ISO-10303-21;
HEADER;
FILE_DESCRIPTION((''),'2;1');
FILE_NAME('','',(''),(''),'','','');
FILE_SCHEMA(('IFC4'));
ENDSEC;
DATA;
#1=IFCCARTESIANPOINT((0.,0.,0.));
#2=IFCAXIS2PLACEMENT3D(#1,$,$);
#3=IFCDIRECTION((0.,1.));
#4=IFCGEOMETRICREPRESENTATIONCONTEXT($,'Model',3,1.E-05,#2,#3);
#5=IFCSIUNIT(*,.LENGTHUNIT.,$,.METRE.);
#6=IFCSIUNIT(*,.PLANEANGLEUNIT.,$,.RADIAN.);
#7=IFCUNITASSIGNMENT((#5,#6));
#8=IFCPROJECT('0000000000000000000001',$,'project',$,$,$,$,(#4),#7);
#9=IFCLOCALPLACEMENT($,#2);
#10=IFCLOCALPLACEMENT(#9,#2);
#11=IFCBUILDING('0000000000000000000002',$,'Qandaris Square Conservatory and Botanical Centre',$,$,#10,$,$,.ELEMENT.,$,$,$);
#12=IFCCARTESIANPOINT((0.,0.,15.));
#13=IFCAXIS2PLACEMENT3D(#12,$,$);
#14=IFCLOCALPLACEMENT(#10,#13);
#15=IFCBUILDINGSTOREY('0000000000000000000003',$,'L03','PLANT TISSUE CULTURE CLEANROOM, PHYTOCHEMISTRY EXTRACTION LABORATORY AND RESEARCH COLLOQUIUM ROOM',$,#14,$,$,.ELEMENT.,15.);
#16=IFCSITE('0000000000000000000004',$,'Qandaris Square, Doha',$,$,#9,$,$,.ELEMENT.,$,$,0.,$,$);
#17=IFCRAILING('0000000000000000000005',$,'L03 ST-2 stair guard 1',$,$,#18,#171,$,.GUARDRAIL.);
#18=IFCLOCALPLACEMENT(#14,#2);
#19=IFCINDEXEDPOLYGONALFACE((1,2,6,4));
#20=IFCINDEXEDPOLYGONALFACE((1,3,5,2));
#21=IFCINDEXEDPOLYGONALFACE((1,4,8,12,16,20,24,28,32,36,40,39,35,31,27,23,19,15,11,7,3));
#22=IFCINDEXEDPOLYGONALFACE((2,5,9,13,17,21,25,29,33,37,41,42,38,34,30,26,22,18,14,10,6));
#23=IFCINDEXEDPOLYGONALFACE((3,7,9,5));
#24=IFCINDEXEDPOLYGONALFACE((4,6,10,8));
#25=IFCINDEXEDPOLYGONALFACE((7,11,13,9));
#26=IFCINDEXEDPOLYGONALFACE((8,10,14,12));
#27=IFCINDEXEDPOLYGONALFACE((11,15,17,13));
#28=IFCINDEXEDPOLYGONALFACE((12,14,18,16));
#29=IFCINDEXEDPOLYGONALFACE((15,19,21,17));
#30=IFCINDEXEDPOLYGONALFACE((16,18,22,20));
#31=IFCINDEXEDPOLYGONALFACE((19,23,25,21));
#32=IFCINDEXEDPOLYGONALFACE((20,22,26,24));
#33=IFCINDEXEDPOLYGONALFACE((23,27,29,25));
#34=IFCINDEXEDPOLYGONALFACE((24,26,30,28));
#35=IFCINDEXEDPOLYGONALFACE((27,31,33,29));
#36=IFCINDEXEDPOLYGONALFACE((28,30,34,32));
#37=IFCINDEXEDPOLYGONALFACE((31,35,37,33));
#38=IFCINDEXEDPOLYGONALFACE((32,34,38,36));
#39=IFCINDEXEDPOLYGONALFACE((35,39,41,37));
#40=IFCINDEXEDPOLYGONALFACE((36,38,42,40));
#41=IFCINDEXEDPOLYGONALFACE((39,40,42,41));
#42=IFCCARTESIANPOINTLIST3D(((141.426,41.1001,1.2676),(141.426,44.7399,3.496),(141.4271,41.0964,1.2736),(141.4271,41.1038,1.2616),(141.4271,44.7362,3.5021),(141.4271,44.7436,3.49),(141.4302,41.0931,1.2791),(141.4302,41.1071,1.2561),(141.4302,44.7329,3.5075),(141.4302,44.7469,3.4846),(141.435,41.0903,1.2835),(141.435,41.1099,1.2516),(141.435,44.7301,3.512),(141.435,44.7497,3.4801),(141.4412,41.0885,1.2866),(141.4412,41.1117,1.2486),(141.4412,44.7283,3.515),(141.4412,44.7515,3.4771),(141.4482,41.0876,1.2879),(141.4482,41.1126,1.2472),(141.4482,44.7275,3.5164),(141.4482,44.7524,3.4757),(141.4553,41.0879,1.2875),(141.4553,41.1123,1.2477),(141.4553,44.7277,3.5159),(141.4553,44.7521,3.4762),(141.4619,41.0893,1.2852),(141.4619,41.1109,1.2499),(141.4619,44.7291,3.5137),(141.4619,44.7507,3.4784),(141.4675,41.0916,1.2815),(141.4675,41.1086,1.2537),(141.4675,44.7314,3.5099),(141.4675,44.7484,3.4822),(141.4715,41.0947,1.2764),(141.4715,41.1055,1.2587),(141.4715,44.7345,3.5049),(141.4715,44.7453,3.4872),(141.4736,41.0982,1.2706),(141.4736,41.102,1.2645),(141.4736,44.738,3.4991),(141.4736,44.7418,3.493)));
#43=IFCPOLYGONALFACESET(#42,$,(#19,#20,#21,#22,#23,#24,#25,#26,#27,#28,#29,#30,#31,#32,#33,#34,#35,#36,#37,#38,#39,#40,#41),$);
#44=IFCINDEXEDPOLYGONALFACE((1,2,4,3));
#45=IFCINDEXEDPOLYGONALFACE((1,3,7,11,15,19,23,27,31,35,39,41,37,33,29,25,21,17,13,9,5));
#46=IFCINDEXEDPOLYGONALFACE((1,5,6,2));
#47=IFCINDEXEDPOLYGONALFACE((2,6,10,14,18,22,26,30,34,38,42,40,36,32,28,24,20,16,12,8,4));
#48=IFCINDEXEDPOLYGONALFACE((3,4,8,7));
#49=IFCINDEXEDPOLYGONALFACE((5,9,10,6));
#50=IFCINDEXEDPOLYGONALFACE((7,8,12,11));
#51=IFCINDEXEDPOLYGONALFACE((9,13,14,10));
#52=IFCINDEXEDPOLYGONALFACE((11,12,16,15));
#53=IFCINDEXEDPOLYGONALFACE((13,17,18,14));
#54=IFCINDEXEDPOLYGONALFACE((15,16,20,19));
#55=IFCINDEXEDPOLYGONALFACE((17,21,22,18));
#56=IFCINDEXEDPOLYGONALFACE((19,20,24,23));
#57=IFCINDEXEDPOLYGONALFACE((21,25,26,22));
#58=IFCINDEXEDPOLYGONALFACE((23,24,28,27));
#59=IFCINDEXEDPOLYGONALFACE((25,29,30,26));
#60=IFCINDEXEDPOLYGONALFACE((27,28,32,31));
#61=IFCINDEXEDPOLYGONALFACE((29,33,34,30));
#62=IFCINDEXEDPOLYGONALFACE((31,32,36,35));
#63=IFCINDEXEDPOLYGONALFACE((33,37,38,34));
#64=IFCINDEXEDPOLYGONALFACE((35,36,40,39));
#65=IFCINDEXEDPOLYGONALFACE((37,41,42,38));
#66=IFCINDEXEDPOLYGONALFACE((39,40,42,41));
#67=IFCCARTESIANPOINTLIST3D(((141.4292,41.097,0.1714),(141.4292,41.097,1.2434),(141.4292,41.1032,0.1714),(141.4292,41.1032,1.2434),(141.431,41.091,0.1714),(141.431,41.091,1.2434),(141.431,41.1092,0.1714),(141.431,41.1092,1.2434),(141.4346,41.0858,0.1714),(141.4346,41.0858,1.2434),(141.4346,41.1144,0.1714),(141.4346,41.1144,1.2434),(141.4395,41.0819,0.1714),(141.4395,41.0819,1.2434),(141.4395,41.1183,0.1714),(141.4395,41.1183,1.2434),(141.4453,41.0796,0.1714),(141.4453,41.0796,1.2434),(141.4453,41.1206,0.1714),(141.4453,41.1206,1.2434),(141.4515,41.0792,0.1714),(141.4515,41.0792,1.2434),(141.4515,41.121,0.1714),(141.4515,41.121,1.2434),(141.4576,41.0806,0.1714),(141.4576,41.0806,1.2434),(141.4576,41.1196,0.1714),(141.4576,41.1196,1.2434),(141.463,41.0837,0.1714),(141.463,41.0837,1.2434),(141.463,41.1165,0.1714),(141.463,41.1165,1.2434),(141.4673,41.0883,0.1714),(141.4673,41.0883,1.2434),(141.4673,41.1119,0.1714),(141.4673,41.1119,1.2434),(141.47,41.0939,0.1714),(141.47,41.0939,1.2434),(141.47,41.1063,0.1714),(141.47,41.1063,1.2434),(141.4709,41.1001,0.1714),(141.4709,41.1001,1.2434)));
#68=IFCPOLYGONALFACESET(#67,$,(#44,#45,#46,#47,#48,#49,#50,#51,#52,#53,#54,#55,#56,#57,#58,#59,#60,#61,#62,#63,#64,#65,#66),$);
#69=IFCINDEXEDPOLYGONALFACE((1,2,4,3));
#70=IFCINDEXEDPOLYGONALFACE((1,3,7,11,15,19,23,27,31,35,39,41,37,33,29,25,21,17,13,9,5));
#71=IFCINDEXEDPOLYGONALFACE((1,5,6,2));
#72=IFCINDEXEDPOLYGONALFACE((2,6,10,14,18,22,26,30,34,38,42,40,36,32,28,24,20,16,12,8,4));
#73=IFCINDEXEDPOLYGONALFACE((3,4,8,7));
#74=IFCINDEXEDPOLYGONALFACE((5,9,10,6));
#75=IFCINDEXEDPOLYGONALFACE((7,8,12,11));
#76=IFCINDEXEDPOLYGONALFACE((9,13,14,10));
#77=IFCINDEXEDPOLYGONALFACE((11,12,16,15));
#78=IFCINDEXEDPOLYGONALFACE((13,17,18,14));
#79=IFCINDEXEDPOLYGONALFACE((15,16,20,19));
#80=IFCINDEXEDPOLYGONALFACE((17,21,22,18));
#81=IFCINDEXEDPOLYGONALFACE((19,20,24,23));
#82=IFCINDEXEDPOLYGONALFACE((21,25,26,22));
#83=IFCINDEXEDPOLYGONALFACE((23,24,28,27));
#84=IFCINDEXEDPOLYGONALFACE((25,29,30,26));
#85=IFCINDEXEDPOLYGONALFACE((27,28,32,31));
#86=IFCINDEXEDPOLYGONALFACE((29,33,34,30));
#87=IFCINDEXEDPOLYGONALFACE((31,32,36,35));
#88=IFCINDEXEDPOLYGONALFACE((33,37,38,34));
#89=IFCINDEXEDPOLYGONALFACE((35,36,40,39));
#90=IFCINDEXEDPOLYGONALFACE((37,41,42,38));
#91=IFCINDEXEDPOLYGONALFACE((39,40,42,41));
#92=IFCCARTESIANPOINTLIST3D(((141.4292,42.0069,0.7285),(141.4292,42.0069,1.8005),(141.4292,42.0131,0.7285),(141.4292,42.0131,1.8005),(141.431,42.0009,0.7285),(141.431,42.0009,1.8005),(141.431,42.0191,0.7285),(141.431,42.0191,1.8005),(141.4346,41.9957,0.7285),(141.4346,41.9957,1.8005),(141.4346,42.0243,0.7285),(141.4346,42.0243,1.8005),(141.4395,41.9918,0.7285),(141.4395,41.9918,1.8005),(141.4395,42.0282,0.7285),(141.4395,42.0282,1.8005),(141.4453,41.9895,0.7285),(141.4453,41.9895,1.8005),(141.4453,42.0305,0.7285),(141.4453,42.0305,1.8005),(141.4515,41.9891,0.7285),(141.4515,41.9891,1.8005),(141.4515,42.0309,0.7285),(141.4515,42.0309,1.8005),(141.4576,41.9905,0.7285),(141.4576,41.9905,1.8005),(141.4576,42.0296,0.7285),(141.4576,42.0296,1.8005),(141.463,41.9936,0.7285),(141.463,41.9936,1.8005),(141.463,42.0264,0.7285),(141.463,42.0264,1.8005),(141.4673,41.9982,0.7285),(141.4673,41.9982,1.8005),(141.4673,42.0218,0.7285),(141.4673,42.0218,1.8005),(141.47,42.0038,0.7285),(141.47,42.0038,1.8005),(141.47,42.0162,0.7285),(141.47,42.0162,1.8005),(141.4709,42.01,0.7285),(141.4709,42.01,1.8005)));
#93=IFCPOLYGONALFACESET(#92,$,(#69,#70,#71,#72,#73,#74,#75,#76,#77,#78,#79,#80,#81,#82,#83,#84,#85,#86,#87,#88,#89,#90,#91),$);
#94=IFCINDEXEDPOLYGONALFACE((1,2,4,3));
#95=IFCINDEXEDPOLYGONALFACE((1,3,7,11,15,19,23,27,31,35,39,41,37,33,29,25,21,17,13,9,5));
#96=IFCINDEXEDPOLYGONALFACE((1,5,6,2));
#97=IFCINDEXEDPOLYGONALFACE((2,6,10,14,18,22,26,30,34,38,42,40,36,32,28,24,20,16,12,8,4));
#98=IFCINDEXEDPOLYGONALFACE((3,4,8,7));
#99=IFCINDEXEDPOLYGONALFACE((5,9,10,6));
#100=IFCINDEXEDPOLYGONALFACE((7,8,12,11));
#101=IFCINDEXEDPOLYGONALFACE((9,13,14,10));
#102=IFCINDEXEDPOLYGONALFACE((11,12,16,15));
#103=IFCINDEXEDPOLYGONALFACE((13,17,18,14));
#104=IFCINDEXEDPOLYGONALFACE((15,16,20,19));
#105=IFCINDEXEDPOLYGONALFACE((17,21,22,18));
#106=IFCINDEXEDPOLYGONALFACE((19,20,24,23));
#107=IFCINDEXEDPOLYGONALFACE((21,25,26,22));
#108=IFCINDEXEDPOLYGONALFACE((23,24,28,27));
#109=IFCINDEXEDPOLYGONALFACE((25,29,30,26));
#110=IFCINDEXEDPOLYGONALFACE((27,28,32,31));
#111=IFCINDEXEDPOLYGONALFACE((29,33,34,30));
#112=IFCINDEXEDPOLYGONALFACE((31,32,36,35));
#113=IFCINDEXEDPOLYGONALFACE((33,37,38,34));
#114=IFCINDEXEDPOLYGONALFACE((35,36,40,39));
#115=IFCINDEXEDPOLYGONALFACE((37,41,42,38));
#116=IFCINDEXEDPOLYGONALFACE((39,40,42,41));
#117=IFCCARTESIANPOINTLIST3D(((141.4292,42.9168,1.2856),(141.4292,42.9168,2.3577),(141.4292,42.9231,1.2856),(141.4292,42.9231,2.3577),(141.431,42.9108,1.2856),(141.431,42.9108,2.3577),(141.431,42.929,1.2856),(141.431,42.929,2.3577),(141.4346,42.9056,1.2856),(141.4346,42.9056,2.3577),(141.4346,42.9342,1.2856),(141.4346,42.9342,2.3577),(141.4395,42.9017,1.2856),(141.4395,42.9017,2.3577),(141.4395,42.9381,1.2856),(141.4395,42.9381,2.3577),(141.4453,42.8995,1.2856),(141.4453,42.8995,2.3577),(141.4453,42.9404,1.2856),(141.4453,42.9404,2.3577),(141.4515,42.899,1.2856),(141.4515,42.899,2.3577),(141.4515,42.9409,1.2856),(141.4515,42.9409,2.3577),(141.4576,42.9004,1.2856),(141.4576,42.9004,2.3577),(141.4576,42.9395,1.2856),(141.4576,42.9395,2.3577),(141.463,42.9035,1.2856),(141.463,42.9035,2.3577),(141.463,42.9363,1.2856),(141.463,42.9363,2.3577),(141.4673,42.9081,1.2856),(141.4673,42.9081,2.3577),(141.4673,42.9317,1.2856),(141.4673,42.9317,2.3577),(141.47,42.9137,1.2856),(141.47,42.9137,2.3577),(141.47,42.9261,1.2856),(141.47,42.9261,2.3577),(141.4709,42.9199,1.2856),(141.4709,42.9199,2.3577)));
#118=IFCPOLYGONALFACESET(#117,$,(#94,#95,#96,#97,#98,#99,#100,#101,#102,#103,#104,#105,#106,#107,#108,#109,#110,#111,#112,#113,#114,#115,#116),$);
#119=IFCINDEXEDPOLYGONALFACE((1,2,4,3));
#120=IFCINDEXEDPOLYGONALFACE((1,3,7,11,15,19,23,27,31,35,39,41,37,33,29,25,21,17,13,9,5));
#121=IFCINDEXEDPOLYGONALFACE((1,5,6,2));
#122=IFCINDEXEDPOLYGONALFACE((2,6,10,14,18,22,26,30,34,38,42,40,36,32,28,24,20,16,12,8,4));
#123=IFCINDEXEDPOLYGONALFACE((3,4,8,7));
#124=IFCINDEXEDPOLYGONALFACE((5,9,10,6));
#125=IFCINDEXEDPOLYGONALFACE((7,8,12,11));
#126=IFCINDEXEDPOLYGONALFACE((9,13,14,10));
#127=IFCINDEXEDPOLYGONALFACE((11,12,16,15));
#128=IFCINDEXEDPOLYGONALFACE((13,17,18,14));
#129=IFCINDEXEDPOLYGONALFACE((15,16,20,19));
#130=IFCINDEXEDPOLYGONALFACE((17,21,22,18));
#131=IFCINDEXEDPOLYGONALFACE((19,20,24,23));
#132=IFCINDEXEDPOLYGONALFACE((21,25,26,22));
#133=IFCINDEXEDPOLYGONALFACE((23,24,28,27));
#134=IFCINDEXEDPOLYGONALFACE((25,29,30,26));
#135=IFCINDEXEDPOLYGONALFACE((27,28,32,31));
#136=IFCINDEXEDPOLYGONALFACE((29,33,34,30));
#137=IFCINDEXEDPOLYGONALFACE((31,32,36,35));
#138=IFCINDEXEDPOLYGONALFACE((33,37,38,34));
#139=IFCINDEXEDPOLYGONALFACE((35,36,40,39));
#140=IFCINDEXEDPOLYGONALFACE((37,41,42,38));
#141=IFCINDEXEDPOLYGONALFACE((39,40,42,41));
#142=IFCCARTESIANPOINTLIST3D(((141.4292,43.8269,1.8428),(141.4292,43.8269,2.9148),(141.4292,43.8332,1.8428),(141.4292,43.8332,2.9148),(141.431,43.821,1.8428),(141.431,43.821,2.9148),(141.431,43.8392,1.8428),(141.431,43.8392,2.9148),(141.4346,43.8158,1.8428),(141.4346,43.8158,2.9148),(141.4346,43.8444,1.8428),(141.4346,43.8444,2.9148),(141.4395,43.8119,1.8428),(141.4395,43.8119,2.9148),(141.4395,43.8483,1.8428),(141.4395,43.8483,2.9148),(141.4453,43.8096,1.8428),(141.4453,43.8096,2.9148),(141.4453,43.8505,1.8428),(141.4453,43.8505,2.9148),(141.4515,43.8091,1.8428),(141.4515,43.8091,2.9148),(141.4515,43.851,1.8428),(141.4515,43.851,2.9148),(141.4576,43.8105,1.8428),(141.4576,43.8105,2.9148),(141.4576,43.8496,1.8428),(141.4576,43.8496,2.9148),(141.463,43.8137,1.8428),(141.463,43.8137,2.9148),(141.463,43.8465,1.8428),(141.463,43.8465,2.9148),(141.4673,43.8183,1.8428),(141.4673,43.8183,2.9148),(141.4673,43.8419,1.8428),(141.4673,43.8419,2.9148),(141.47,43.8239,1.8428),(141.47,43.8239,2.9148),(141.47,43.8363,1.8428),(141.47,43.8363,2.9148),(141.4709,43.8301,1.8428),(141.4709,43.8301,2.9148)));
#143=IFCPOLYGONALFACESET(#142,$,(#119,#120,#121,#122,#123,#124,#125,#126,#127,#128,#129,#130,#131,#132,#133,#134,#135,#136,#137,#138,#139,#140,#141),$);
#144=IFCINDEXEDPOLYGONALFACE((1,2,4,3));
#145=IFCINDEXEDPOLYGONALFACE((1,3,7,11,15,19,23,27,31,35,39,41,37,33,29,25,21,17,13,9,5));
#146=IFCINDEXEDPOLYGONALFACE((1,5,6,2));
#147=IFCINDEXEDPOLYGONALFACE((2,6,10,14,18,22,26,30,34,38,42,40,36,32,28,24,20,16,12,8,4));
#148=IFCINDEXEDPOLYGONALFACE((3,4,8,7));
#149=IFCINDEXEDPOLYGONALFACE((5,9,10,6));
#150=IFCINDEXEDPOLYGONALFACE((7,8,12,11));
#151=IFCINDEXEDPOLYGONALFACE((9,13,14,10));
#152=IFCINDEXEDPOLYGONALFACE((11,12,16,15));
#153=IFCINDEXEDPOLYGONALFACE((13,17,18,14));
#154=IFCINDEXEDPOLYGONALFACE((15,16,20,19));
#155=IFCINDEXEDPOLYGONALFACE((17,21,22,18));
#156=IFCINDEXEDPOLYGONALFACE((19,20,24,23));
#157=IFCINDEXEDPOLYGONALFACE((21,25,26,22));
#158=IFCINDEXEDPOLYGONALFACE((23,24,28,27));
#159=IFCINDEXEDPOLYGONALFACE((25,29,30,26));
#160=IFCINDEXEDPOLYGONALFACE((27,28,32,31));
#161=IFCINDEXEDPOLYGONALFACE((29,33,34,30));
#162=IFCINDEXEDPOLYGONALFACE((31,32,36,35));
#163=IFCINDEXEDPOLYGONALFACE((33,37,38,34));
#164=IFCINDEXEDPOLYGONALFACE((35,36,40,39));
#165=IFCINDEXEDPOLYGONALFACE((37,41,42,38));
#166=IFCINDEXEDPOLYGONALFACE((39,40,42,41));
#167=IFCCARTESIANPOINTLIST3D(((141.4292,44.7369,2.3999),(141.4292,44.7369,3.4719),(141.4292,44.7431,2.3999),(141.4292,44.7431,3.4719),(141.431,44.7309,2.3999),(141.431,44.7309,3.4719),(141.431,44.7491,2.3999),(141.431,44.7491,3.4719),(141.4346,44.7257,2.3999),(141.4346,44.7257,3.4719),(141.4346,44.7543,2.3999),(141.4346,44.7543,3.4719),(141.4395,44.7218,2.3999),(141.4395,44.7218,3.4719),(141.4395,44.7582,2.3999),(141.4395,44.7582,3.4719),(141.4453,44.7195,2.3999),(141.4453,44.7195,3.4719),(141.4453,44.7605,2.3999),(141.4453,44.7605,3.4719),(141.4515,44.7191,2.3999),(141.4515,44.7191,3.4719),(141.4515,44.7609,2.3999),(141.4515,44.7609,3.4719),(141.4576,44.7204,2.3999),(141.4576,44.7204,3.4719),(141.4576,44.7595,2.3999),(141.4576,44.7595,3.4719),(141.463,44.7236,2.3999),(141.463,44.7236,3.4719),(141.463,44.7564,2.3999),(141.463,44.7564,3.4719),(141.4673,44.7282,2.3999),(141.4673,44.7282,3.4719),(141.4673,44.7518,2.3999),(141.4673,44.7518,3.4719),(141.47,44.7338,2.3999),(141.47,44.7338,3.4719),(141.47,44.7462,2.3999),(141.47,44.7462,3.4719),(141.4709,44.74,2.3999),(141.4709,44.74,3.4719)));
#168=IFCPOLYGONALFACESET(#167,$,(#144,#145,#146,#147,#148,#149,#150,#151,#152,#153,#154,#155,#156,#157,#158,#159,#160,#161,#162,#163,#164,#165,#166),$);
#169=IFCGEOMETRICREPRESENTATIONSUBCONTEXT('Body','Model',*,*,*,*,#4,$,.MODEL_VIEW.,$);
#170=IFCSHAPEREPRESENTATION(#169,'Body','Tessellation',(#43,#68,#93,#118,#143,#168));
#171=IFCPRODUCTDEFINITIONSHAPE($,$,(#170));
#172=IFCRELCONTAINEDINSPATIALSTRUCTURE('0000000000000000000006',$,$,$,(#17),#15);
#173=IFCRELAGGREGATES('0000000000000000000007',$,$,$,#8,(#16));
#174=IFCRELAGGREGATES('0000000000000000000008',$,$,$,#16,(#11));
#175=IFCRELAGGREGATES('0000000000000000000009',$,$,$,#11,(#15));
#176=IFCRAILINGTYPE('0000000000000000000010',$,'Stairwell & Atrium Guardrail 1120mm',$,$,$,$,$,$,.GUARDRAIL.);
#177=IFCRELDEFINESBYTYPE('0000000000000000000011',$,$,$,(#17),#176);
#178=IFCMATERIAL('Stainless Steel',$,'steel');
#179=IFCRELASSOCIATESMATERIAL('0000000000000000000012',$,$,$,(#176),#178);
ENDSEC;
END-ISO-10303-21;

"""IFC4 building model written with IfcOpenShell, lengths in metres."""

from ifc_helpers import new_model, si_unit, direction, frame, origin, origin_2d, place, context, subcontext, project, spatial, circle, extrude, material, type_object, element, save


model = new_model("IFC4")

# Units and contexts
model_context = context("Model", 3, precision=1e-05, world=origin(), true_north=direction((0.0, 1.0)))
body_context = subcontext(model_context, "Body", "Model", "MODEL_VIEW")
ifc_project = project(units=[si_unit("LENGTHUNIT", "METRE"), si_unit("PLANEANGLEUNIT", "RADIAN")], contexts=[model_context])

# Site, building, storey
site_placement = place(None, origin())
site = spatial("IfcSite", under=ifc_project, at=site_placement, Name="Qandaris Square, Doha", CompositionType="ELEMENT", RefElevation=0.0)
building_placement = place(site_placement, origin())
building = spatial("IfcBuilding", under=site, at=building_placement, Name="Qandaris Square Conservatory and Botanical Centre", CompositionType="ELEMENT")
storey_placement = place(building_placement, frame((0.0, 0.0, 15.0)))
storey = spatial("IfcBuildingStorey", under=building, at=storey_placement, Name="L03", Description="PLANT TISSUE CULTURE CLEANROOM, PHYTOCHEMISTRY EXTRACTION LABORATORY AND RESEARCH COLLOQUIUM ROOM", CompositionType="ELEMENT", Elevation=15.0)

# Railing
ifc_material_1 = material(Name="Stainless Steel", Category="steel")
railing_type_1 = type_object("IfcRailingType", Name="Stairwell & Atrium Guardrail 1120mm", PredefinedType="GUARDRAIL", material=ifc_material_1)
railing_1_placement = place(storey_placement, frame((141.45, 41.1001, 0.1714)))
element("IfcRailing", 1, at=railing_1_placement, inside=storey, type_object=railing_type_1, Name="L03 ST-2 stair guard 1", PredefinedType="GUARDRAIL", context=body_context, shape_type="SweptSolid", body=[
    extrude(circle(Radius=0.0239, at=origin_2d()), frame((0.0, 0.0, 1.0962), z_axis=(0.0, 0.85285, 0.522156), x_axis=(-1.0, 0.0, 0.0)), (0.0, 0.0, 1.0), 4.2678),
    extrude(circle(Radius=0.021, at=origin_2d()), origin(), (0.0, 0.0, 1.0), 1.072),
    extrude(circle(Radius=0.021, at=origin_2d()), frame((0.0, 0.9099, 0.5571)), (0.0, 0.0, 1.0), 1.072),
    extrude(circle(Radius=0.021, at=origin_2d()), frame((0.0, 1.8198, 1.1143)), (0.0, 0.0, 1.0), 1.072),
    extrude(circle(Radius=0.021, at=origin_2d()), frame((0.0, 2.73, 1.6714)), (0.0, 0.0, 1.0), 1.072),
    extrude(circle(Radius=0.021, at=origin_2d()), frame((0.0, 3.6399, 2.2285)), (0.0, 0.0, 1.0), 1.072),
])

save(model, "model.ifc")
